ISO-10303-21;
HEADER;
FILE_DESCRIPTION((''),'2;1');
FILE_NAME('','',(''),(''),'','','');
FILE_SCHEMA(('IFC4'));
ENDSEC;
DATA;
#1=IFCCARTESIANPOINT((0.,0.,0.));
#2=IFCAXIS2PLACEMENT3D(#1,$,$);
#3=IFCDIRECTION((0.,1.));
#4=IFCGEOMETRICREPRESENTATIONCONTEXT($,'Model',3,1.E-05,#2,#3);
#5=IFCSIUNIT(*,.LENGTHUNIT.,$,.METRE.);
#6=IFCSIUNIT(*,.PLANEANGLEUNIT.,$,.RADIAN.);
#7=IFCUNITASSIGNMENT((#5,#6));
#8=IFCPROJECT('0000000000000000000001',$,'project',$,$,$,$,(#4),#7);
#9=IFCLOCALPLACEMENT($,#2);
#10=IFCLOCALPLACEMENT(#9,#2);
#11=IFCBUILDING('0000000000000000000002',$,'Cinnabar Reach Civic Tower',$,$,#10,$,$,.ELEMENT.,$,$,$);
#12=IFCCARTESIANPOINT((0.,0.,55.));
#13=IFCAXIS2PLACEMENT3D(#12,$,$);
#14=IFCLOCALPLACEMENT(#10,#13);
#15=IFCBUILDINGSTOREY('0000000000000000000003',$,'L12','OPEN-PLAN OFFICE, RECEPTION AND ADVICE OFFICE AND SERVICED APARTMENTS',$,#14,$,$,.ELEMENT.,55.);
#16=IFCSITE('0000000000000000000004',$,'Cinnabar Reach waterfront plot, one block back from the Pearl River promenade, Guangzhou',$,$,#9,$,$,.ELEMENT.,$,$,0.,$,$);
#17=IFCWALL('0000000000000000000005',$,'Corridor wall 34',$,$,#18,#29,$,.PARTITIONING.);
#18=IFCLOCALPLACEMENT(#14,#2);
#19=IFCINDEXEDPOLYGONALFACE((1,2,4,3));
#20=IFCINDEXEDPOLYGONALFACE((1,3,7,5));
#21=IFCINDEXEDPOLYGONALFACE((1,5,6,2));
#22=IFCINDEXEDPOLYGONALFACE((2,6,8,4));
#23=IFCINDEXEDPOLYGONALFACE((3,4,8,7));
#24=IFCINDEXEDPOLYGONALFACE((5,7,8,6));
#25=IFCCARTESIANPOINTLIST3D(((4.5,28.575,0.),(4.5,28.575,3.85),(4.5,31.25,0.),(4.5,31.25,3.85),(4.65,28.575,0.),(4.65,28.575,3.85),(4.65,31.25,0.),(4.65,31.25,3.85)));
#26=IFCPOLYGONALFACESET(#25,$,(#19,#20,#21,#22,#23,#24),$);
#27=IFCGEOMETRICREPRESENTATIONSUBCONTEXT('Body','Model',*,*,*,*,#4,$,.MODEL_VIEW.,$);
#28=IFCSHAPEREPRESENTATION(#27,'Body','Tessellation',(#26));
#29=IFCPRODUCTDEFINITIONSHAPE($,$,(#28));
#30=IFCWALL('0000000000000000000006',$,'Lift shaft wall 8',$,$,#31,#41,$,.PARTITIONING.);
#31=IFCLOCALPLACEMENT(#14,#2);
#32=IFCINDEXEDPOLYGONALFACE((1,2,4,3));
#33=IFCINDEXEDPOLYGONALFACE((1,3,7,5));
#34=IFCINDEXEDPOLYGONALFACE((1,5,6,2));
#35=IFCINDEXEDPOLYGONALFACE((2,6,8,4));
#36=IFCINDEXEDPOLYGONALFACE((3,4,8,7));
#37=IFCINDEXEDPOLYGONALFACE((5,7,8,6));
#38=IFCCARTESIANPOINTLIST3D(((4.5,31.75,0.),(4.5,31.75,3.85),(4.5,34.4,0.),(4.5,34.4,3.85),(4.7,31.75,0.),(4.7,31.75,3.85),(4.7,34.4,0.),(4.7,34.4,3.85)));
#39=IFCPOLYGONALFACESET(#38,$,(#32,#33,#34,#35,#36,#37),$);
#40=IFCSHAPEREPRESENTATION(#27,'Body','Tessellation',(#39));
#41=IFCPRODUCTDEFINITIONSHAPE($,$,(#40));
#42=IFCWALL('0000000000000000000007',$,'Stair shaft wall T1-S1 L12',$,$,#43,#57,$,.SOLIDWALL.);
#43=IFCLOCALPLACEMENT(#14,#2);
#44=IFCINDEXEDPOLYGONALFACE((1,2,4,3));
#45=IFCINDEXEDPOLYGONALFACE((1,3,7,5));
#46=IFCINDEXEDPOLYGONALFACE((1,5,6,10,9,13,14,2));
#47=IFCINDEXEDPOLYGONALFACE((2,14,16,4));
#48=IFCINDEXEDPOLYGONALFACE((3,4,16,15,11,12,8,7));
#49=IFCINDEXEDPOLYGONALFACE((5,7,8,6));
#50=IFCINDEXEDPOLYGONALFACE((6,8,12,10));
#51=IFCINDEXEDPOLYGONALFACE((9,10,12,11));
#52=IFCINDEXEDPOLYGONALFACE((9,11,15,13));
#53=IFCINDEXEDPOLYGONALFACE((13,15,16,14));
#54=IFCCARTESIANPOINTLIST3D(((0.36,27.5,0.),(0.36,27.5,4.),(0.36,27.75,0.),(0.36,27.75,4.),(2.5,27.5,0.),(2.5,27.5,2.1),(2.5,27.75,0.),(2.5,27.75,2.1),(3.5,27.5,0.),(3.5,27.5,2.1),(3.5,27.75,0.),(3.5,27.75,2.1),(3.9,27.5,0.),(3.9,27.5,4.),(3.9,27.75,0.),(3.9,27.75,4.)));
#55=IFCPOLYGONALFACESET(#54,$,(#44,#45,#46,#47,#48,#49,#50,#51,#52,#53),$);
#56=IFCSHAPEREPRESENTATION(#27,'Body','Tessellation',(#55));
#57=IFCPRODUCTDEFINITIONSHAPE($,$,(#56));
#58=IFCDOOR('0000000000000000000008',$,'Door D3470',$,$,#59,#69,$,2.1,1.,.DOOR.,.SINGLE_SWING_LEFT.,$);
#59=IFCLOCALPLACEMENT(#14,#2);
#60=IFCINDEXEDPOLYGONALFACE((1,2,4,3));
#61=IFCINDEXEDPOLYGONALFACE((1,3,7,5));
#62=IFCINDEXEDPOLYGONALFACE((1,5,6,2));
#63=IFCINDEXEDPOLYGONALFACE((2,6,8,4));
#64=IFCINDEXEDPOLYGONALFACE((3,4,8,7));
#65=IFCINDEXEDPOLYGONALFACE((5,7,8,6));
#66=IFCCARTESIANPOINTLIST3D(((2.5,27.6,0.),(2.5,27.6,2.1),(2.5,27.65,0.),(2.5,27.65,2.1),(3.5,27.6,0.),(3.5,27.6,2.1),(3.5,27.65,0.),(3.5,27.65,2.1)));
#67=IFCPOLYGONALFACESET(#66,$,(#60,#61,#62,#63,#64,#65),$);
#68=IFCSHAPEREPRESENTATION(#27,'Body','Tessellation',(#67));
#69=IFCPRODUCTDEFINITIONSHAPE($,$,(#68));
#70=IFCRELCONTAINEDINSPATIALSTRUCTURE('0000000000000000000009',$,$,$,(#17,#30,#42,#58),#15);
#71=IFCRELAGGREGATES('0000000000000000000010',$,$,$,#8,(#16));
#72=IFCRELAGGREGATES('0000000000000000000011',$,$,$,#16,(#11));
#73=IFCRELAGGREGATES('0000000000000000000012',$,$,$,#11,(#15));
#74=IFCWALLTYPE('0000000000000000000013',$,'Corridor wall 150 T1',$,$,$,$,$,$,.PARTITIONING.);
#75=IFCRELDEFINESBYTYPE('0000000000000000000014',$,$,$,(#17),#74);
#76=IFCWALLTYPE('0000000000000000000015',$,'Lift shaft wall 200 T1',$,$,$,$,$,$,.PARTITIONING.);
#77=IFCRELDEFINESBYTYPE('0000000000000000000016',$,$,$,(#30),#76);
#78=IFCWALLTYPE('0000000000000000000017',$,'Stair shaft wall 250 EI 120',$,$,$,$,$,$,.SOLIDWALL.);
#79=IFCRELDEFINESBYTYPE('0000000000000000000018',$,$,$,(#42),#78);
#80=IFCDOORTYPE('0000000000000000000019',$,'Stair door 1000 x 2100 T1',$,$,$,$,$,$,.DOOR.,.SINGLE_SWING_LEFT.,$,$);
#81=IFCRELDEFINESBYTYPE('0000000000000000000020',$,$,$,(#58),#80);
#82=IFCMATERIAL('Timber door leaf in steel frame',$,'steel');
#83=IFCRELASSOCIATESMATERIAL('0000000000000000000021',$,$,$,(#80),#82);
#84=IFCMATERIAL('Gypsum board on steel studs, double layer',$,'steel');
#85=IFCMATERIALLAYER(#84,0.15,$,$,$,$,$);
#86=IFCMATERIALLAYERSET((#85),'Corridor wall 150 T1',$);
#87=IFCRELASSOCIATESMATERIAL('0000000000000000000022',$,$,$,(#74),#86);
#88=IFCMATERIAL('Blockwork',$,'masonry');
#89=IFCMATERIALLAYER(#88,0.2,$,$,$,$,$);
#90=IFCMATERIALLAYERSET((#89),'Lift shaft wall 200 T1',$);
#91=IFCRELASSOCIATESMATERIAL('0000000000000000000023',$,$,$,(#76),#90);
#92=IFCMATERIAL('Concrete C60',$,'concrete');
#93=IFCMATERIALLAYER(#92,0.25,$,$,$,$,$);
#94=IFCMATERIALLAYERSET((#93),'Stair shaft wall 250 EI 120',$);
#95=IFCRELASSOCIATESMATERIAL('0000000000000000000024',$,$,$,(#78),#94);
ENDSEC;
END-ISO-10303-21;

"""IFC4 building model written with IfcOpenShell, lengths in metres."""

from ifc_helpers import new_model, si_unit, direction, frame, frame_2d, origin, place, context, subcontext, project, spatial, rectangle, extrude, material, layer, layer_set, type_object, element, fill, save


model = new_model("IFC4")

# Units and contexts
model_context = context("Model", 3, precision=1e-05, world=origin(), true_north=direction((0.0, 1.0)))
body_context = subcontext(model_context, "Body", "Model", "MODEL_VIEW")
ifc_project = project(units=[si_unit("LENGTHUNIT", "METRE"), si_unit("PLANEANGLEUNIT", "RADIAN")], contexts=[model_context])

# Site, building, storey
site_placement = place(None, origin())
site = spatial("IfcSite", under=ifc_project, at=site_placement, Name="Cinnabar Reach waterfront plot, one block back from the Pearl River promenade, Guangzhou", CompositionType="ELEMENT", RefElevation=0.0)
building_placement = place(site_placement, origin())
building = spatial("IfcBuilding", under=site, at=building_placement, Name="Cinnabar Reach Civic Tower", CompositionType="ELEMENT")
storey_placement = place(building_placement, frame((0.0, 0.0, 55.0)))
storey = spatial("IfcBuildingStorey", under=building, at=storey_placement, Name="L12", Description="OPEN-PLAN OFFICE, RECEPTION AND ADVICE OFFICE AND SERVICED APARTMENTS", CompositionType="ELEMENT", Elevation=55.0)

# Shared definitions
ifc_material_1 = material(Name="Concrete C60", Category="concrete")

# Shared definitions
ifc_material_2 = material(Name="Timber door leaf in steel frame", Category="steel")
door_type_1 = type_object("IfcDoorType", Name="Stair door 1000 x 2100 T1", OperationType="SINGLE_SWING_LEFT", PredefinedType="DOOR", material=ifc_material_2)

# Shared definitions
ifc_material_3 = material(Name="Gypsum board on steel studs, double layer", Category="steel")
ifc_layer_1 = layer(ifc_material_3, 0.15)
ifc_layer_set_1 = layer_set([ifc_layer_1], Name="Corridor wall 150 T1")
wall_type_1 = type_object("IfcWallType", Name="Corridor wall 150 T1", PredefinedType="PARTITIONING", material=ifc_layer_set_1)

# Walls
wall_1_placement = place(storey_placement, frame((4.575, 28.575, 0.0), z_axis=(0.0, 0.0, 1.0), x_axis=(0.0, 1.0, 0.0)))
element("IfcWall", 1, at=wall_1_placement, inside=storey, type_object=wall_type_1, Name="Corridor wall 34", PredefinedType="PARTITIONING", context=body_context, shape_type="SweptSolid", body=[
    extrude(rectangle(XDim=2.675, YDim=0.15, at=frame_2d((1.3375, 0.0))), origin(), (0.0, 0.0, 1.0), 3.85),
])
ifc_material_4 = material(Name="Blockwork", Category="masonry")
ifc_layer_2 = layer(ifc_material_4, 0.2)
ifc_layer_set_2 = layer_set([ifc_layer_2], Name="Lift shaft wall 200 T1")
wall_type_2 = type_object("IfcWallType", Name="Lift shaft wall 200 T1", PredefinedType="PARTITIONING", material=ifc_layer_set_2)
wall_2_placement = place(storey_placement, frame((4.6, 31.75, 0.0), z_axis=(0.0, 0.0, 1.0), x_axis=(0.0, 1.0, 0.0)))
element("IfcWall", 2, at=wall_2_placement, inside=storey, type_object=wall_type_2, Name="Lift shaft wall 8", PredefinedType="PARTITIONING", context=body_context, shape_type="SweptSolid", body=[
    extrude(rectangle(XDim=2.65, YDim=0.2, at=frame_2d((1.325, 0.0))), origin(), (0.0, 0.0, 1.0), 3.85),
])

# Wall, opening, door
ifc_layer_3 = layer(ifc_material_1, 0.25)
ifc_layer_set_3 = layer_set([ifc_layer_3], Name="Stair shaft wall 250 EI 120")
wall_type_3 = type_object("IfcWallType", Name="Stair shaft wall 250 EI 120", PredefinedType="SOLIDWALL", material=ifc_layer_set_3)
wall_3_placement = place(storey_placement, frame((3.9, 27.625, 0.0), z_axis=(0.0, 0.0, 1.0), x_axis=(-1.0, 0.0, 0.0)))
wall_3 = element("IfcWall", 3, at=wall_3_placement, inside=storey, type_object=wall_type_3, Name="Stair shaft wall T1-S1 L12", PredefinedType="SOLIDWALL", context=body_context, shape_type="SweptSolid", body=[
    extrude(rectangle(XDim=3.54, YDim=0.25, at=frame_2d((1.77, 0.0))), origin(), (0.0, 0.0, 1.0), 4.0),
])
opening_1_placement = place(wall_3_placement, frame((0.4, 0.0, 0.0)))
opening_1 = element("IfcOpeningElement", 4, at=opening_1_placement, cuts=wall_3, PredefinedType="OPENING", context=body_context, shape_type="SweptSolid", body=[
    extrude(rectangle(XDim=1.0, YDim=2.1, at=frame_2d((0.5, 1.05))), frame((0.0, 0.135, 0.0), z_axis=(0.0, -1.0, 0.0), x_axis=(1.0, 0.0, 0.0)), (0.0, 0.0, 1.0), 0.27),
])
door_1_placement = place(opening_1_placement, origin())
door_1 = element("IfcDoor", 5, at=door_1_placement, inside=storey, type_object=door_type_1, Name="Door D3470", OperationType="SINGLE_SWING_LEFT", OverallHeight=2.1, OverallWidth=1.0, PredefinedType="DOOR", context=body_context, shape_type="SweptSolid", body=[
    extrude(rectangle(XDim=1.0, YDim=2.1, at=frame_2d((0.5, 1.05))), frame((0.0, 0.025, 0.0), z_axis=(0.0, -1.0, 0.0), x_axis=(1.0, 0.0, 0.0)), (0.0, 0.0, 1.0), 0.05),
])
fill(opening_1, door_1)

save(model, "model.ifc")
